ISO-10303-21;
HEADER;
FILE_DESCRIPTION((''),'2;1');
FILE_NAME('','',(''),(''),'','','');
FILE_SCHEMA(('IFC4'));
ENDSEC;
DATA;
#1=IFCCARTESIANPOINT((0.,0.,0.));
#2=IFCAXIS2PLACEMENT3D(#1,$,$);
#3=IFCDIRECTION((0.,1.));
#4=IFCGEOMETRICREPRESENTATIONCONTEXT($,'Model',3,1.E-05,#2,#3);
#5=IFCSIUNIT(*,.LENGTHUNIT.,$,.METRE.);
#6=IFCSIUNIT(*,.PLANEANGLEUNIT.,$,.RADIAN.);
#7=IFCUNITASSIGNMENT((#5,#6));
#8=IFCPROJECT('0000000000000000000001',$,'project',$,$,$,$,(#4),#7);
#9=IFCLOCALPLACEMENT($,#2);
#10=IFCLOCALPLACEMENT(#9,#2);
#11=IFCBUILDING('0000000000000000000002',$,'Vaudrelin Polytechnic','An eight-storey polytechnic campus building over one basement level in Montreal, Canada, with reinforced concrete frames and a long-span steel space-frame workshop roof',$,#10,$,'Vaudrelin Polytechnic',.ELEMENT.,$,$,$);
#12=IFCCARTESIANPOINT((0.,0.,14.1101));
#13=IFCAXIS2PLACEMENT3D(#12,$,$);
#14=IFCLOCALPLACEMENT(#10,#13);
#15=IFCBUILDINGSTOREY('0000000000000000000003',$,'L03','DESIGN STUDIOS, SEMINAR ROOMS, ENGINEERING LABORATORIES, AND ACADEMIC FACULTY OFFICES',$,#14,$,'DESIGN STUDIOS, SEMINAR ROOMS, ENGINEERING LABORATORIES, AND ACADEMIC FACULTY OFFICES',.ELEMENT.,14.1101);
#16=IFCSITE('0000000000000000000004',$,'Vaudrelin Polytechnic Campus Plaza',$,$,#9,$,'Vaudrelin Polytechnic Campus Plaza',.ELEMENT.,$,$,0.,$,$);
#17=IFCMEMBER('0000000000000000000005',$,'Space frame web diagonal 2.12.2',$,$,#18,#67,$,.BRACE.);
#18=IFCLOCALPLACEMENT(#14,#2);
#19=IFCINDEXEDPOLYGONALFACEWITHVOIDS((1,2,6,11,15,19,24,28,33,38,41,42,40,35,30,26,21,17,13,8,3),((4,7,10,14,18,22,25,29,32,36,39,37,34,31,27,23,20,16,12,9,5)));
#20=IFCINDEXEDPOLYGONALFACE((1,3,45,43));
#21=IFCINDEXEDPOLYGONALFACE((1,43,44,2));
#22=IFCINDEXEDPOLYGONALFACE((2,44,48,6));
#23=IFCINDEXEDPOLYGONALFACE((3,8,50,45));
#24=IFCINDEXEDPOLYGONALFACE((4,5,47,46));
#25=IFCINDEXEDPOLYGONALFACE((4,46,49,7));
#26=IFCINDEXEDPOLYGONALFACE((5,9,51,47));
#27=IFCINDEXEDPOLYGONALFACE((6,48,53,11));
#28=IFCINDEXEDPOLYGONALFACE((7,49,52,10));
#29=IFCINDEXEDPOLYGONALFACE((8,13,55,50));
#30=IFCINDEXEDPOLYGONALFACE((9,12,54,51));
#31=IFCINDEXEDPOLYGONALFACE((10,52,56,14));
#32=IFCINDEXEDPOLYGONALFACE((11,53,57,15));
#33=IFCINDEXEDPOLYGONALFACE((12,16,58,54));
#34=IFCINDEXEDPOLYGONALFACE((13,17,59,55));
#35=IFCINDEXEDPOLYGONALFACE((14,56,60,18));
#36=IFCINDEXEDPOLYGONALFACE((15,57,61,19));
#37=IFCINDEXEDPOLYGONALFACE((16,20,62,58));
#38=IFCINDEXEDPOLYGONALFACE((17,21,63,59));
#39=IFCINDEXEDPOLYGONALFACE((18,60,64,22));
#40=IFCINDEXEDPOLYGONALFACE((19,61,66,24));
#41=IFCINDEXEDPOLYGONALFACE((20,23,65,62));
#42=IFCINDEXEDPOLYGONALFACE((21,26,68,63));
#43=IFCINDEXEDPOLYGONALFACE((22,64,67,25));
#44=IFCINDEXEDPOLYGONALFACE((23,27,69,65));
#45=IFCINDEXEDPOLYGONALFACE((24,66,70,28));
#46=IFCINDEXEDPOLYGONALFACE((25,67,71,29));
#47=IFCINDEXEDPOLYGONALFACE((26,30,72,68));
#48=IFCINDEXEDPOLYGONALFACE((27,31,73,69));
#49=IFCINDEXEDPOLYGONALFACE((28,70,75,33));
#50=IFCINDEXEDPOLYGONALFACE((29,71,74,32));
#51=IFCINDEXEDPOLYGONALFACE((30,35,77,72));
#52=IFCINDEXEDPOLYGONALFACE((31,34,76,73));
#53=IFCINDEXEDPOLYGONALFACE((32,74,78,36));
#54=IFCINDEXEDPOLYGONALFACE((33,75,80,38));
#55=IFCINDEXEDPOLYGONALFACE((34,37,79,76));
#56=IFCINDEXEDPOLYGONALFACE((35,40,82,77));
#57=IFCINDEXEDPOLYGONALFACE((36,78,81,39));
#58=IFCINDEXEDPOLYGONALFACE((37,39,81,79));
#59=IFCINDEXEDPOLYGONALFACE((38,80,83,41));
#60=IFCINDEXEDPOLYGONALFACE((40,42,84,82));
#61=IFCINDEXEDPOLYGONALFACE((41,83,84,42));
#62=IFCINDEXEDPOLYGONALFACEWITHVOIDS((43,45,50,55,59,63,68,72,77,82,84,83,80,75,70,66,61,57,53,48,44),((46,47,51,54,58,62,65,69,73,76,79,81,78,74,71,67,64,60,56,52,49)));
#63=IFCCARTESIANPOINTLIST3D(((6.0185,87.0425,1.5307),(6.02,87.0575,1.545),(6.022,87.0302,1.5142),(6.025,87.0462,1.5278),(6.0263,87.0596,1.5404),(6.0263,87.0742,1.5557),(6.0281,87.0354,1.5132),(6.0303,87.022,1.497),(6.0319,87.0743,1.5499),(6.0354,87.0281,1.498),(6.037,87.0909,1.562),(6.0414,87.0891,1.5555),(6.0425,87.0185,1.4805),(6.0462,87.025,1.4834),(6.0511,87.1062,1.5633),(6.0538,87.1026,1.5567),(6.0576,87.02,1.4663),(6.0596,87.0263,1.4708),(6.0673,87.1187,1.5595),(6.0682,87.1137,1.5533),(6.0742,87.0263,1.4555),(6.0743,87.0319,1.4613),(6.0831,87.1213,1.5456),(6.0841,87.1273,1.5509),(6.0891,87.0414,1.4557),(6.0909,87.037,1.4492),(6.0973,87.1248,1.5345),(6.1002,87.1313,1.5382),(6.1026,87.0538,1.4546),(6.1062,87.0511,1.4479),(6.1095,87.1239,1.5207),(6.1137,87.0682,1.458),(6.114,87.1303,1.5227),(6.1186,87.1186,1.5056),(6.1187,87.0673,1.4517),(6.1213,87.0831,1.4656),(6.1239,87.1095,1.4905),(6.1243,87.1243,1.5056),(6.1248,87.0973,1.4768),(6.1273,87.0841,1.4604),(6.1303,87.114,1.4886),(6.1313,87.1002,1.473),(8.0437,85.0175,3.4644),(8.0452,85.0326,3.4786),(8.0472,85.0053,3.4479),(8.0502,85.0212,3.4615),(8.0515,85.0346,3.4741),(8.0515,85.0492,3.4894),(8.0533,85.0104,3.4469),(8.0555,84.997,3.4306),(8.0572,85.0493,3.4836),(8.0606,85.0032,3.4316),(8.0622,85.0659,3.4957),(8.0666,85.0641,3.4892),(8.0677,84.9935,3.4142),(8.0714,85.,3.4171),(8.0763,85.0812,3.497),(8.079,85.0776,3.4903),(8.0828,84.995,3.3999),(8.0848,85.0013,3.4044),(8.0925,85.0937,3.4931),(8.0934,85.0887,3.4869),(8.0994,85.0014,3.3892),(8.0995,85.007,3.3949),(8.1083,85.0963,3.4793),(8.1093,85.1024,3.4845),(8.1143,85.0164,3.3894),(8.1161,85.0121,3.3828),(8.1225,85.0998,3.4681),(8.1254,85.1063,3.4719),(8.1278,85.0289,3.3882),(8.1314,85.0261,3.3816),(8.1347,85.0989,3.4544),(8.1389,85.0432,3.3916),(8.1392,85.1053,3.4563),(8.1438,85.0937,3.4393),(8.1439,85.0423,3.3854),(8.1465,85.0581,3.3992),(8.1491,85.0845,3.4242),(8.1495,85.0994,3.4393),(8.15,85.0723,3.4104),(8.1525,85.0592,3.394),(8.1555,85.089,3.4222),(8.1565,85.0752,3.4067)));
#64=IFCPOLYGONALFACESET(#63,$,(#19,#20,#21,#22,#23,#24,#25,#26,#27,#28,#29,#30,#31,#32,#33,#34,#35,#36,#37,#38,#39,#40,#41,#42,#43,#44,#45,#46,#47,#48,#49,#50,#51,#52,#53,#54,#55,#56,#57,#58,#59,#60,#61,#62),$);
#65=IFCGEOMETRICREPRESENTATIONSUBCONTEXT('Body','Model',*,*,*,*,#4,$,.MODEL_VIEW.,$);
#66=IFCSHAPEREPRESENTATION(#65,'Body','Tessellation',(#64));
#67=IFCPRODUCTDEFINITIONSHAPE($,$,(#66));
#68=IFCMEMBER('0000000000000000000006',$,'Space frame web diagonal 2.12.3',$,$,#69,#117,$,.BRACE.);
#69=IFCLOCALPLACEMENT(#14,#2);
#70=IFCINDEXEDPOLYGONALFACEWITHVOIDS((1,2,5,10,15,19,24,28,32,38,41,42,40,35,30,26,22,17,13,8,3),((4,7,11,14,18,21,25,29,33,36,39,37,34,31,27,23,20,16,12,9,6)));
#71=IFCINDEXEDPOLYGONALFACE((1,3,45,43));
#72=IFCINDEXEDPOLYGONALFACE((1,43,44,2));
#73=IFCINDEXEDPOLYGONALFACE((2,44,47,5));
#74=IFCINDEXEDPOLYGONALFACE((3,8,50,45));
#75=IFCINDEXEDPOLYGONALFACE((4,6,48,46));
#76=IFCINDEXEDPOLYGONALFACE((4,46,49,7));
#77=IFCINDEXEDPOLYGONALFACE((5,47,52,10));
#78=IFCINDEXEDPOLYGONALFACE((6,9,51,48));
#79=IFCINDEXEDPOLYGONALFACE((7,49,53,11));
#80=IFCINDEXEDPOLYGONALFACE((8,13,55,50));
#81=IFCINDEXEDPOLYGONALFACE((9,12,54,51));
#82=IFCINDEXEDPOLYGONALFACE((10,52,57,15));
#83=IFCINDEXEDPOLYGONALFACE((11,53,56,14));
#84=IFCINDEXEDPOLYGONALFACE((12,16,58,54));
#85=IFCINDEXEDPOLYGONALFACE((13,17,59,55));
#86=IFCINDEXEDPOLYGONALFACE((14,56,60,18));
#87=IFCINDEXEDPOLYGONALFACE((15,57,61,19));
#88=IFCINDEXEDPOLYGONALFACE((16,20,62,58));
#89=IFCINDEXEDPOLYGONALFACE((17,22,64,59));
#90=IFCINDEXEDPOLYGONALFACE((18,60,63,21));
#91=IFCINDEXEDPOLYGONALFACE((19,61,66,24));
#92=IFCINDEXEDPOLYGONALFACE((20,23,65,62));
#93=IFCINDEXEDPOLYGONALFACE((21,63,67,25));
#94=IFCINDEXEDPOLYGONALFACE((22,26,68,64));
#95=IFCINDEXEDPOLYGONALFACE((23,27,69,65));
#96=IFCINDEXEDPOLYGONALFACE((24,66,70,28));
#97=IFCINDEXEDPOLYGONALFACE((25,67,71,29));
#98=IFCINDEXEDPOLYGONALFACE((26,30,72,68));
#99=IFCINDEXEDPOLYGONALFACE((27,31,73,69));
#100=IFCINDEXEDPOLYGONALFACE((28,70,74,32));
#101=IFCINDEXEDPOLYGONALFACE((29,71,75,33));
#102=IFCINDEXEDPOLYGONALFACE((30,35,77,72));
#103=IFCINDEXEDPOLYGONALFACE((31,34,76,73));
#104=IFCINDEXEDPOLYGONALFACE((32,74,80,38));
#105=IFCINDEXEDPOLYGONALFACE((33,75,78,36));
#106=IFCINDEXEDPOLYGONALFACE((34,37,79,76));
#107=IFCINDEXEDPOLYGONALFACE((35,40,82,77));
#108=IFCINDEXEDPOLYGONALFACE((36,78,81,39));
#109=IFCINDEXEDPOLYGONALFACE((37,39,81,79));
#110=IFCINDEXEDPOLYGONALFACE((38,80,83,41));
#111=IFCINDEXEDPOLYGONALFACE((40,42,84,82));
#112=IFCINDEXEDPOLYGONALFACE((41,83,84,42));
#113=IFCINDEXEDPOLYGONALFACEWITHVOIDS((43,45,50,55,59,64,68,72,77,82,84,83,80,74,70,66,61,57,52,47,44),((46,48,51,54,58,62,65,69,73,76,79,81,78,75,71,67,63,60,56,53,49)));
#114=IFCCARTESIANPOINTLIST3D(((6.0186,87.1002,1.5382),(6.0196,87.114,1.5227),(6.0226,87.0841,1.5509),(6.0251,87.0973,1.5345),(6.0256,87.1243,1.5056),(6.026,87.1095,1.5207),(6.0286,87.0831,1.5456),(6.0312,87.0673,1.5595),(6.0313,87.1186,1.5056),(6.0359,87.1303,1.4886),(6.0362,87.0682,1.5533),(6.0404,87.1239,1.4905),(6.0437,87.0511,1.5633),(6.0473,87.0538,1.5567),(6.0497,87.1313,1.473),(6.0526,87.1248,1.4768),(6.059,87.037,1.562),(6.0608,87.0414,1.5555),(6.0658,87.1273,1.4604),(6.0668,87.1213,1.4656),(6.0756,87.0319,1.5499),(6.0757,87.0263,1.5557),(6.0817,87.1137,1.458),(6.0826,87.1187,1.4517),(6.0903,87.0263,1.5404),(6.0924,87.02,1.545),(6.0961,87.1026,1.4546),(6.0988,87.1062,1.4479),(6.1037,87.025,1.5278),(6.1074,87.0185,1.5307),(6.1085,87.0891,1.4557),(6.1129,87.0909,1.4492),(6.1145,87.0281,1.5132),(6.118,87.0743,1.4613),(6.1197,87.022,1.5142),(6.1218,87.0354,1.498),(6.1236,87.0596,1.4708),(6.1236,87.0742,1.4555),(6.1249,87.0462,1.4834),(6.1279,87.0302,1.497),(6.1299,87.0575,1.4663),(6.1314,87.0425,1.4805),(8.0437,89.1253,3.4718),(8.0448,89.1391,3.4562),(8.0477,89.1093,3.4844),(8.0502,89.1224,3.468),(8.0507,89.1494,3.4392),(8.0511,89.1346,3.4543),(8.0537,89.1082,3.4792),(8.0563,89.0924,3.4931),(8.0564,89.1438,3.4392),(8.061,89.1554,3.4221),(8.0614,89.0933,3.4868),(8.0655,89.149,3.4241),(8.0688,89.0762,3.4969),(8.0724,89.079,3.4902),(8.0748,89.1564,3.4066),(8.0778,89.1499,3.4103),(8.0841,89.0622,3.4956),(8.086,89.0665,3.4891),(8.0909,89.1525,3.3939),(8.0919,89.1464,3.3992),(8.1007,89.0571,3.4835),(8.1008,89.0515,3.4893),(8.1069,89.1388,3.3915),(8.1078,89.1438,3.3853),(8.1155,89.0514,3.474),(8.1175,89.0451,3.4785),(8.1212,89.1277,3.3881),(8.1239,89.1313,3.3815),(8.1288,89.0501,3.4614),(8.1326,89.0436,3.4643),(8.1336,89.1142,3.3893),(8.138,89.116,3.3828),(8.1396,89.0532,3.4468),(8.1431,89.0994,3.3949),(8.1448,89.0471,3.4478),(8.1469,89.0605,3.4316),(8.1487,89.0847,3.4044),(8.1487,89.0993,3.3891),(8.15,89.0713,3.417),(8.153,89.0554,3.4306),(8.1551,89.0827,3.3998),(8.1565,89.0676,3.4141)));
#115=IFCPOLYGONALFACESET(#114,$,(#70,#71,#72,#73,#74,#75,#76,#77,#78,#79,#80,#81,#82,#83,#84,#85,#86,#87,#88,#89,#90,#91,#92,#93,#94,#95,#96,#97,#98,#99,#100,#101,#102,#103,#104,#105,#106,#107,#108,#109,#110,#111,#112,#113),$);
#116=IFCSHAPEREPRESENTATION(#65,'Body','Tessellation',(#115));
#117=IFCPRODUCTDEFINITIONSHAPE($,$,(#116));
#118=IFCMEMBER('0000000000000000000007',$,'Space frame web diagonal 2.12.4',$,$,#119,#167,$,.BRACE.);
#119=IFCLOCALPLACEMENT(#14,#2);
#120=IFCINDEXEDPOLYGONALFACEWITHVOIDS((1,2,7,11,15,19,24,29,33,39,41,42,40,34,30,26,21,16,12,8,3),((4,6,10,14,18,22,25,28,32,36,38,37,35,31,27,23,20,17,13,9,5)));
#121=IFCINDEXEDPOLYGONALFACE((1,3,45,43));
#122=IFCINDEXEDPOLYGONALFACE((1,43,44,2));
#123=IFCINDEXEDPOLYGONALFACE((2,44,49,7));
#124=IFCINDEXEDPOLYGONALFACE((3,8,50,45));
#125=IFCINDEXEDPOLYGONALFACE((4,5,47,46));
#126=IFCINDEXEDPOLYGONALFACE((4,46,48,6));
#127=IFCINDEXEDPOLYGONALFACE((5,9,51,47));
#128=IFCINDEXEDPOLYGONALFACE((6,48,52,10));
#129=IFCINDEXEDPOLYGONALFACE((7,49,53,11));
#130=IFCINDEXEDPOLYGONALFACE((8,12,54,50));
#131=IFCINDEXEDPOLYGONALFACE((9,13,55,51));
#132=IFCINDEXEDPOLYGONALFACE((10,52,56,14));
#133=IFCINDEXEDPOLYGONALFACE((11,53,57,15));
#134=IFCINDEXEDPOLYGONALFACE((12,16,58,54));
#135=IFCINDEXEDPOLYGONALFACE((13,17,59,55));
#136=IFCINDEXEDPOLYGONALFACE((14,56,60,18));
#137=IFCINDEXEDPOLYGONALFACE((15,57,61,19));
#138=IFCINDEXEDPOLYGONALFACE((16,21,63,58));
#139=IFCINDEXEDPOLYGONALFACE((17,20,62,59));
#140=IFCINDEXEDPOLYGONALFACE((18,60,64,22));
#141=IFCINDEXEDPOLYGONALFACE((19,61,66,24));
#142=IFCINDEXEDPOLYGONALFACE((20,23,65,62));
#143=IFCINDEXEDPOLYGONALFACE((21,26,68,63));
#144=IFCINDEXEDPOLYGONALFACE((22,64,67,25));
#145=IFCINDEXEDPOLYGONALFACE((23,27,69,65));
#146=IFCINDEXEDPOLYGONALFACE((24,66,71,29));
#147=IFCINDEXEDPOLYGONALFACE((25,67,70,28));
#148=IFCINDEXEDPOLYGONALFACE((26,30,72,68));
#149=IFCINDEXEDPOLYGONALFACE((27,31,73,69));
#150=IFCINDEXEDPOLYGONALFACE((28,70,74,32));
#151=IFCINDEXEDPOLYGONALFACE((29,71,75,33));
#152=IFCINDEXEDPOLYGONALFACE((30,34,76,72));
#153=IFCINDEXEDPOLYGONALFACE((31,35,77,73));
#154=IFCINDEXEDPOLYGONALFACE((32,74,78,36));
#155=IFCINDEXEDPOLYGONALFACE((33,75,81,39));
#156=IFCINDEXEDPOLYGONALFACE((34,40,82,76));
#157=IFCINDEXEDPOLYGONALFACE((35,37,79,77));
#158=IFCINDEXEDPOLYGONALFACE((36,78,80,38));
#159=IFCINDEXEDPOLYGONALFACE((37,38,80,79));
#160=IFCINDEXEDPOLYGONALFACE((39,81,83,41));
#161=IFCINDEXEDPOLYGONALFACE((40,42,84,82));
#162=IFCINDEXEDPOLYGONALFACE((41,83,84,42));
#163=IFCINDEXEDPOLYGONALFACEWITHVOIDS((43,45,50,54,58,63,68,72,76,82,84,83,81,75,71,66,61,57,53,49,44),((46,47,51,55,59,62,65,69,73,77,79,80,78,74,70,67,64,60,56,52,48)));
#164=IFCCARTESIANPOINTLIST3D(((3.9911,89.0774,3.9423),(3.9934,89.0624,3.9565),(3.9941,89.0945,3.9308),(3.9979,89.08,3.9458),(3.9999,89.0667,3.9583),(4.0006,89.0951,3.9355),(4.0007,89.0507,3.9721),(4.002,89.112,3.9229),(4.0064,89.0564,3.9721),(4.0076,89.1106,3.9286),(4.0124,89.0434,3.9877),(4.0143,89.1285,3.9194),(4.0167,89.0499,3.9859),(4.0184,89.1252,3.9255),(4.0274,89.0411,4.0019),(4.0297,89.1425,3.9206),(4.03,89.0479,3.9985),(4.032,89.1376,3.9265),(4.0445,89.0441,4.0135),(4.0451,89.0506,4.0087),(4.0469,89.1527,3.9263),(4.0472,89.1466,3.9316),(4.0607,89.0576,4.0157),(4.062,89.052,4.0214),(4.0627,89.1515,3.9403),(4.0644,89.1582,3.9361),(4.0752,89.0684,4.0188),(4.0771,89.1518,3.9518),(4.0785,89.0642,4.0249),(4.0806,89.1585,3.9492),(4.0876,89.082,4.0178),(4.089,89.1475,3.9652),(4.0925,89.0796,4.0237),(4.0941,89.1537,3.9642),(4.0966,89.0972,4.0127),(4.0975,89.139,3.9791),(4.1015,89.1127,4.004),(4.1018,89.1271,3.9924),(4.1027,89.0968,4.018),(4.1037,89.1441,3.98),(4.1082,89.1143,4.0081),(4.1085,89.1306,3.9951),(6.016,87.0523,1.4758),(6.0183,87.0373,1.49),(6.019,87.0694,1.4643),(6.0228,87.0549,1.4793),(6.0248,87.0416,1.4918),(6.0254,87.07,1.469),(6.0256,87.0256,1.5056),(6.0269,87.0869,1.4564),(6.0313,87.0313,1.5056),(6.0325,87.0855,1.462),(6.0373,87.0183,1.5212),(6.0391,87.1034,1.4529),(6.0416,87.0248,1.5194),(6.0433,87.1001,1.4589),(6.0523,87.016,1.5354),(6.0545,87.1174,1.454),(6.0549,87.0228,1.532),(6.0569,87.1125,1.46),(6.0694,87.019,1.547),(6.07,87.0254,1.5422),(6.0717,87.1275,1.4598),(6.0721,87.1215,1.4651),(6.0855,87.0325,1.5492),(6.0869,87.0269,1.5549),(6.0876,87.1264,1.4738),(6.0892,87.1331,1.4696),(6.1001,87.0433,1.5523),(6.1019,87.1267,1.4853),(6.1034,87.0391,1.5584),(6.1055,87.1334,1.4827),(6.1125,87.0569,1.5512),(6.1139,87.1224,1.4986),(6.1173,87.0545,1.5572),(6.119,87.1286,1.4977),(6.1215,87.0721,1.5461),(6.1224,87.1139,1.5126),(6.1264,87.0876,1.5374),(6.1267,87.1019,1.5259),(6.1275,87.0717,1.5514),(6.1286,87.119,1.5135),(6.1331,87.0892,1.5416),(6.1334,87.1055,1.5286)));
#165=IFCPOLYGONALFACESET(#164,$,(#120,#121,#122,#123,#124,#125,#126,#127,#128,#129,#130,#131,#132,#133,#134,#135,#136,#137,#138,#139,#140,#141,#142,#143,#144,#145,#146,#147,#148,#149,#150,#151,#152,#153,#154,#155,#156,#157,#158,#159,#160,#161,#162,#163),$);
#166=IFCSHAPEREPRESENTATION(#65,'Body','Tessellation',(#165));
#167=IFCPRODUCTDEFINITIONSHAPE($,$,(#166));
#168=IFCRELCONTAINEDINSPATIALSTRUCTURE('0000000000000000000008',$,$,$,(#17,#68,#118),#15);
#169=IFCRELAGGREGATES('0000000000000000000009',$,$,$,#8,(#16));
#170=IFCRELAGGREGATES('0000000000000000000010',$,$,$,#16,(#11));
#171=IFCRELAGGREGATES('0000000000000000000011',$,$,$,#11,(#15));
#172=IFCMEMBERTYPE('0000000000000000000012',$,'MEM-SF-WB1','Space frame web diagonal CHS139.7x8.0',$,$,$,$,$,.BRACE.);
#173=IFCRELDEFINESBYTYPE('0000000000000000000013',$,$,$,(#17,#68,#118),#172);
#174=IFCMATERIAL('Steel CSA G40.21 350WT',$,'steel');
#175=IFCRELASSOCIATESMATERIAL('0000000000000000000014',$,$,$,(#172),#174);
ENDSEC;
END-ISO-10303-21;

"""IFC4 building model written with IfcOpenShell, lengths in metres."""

from ifc_helpers import new_model, si_unit, direction, frame, origin, origin_2d, place, context, subcontext, project, spatial, hollow_circle, extrude, material, material_profile, profile_set, type_object, element, save


model = new_model("IFC4")

# Units and contexts
model_context = context("Model", 3, precision=1e-05, world=origin(), true_north=direction((0.0, 1.0)))
body_context = subcontext(model_context, "Body", "Model", "MODEL_VIEW")
ifc_project = project(units=[si_unit("LENGTHUNIT", "METRE"), si_unit("PLANEANGLEUNIT", "RADIAN")], contexts=[model_context])

# Site, building, storey
site_placement = place(None, origin())
site = spatial("IfcSite", under=ifc_project, at=site_placement, Name="Vaudrelin Polytechnic Campus Plaza", LongName="Vaudrelin Polytechnic Campus Plaza", CompositionType="ELEMENT", RefElevation=0.0)
building_placement = place(site_placement, origin())
building = spatial("IfcBuilding", under=site, at=building_placement, Name="Vaudrelin Polytechnic", Description="An eight-storey polytechnic campus building over one basement level in Montreal, Canada, with reinforced concrete frames and a long-span steel space-frame workshop roof", LongName="Vaudrelin Polytechnic", CompositionType="ELEMENT")
storey_placement = place(building_placement, frame((0.0, 0.0, 14.1101)))
storey = spatial("IfcBuildingStorey", under=building, at=storey_placement, Name="L03", Description="DESIGN STUDIOS, SEMINAR ROOMS, ENGINEERING LABORATORIES, AND ACADEMIC FACULTY OFFICES", LongName="DESIGN STUDIOS, SEMINAR ROOMS, ENGINEERING LABORATORIES, AND ACADEMIC FACULTY OFFICES", CompositionType="ELEMENT", Elevation=14.1101)

# Members
ifc_material_1 = material(Name="Steel CSA G40.21 350WT", Category="steel")
ifc_material_profile_1 = material_profile(ifc_material_1, hollow_circle(Radius=0.0698, WallThickness=0.0081, at=origin_2d()), Name="CHS139.7x8.0")
ifc_profile_set_1 = profile_set([ifc_material_profile_1], Name="Steel CSA G40.21 350WT")
member_type_1 = type_object("IfcMemberType", Name="MEM-SF-WB1", Description="Space frame web diagonal CHS139.7x8.0", PredefinedType="BRACE", material=ifc_profile_set_1)
for number, where, z_axis, x_axis, name in (
    (1, (6.075, 87.075, 1.5056), (0.586071, -0.586, 0.559576), (0.707064, 0.707149, 0.0), "Space frame web diagonal 2.12.2"),
    (2, (6.075, 87.075, 1.5056), (0.586046, 0.586046, 0.559553), (-0.707107, 0.707107, 0.0), "Space frame web diagonal 2.12.3"),
):
    element("IfcMember", number, at=place(storey_placement, frame(where, z_axis=z_axis, x_axis=x_axis)), inside=storey, type_object=member_type_1, Name=name, PredefinedType="BRACE", context=body_context, shape_type="SweptSolid", body=[
        extrude(hollow_circle(Radius=0.0698, WallThickness=0.0081, at=origin_2d()), origin(), (0.0, 0.0, 1.0), 3.4556),
    ])
for number, where, z_axis, x_axis, name in (
    (3, (6.075, 87.075, 1.5056), (-0.535746, 0.535811, 0.652597), (-0.707149, -0.707064, 0.0), "Space frame web diagonal 2.12.4"),
):
    element("IfcMember", number, at=place(storey_placement, frame(where, z_axis=z_axis, x_axis=x_axis)), inside=storey, type_object=member_type_1, Name=name, PredefinedType="BRACE", context=body_context, shape_type="SweptSolid", body=[
        extrude(hollow_circle(Radius=0.0698, WallThickness=0.0081, at=origin_2d()), origin(), (0.0, 0.0, 1.0), 3.7795),
    ])

save(model, "model.ifc")
